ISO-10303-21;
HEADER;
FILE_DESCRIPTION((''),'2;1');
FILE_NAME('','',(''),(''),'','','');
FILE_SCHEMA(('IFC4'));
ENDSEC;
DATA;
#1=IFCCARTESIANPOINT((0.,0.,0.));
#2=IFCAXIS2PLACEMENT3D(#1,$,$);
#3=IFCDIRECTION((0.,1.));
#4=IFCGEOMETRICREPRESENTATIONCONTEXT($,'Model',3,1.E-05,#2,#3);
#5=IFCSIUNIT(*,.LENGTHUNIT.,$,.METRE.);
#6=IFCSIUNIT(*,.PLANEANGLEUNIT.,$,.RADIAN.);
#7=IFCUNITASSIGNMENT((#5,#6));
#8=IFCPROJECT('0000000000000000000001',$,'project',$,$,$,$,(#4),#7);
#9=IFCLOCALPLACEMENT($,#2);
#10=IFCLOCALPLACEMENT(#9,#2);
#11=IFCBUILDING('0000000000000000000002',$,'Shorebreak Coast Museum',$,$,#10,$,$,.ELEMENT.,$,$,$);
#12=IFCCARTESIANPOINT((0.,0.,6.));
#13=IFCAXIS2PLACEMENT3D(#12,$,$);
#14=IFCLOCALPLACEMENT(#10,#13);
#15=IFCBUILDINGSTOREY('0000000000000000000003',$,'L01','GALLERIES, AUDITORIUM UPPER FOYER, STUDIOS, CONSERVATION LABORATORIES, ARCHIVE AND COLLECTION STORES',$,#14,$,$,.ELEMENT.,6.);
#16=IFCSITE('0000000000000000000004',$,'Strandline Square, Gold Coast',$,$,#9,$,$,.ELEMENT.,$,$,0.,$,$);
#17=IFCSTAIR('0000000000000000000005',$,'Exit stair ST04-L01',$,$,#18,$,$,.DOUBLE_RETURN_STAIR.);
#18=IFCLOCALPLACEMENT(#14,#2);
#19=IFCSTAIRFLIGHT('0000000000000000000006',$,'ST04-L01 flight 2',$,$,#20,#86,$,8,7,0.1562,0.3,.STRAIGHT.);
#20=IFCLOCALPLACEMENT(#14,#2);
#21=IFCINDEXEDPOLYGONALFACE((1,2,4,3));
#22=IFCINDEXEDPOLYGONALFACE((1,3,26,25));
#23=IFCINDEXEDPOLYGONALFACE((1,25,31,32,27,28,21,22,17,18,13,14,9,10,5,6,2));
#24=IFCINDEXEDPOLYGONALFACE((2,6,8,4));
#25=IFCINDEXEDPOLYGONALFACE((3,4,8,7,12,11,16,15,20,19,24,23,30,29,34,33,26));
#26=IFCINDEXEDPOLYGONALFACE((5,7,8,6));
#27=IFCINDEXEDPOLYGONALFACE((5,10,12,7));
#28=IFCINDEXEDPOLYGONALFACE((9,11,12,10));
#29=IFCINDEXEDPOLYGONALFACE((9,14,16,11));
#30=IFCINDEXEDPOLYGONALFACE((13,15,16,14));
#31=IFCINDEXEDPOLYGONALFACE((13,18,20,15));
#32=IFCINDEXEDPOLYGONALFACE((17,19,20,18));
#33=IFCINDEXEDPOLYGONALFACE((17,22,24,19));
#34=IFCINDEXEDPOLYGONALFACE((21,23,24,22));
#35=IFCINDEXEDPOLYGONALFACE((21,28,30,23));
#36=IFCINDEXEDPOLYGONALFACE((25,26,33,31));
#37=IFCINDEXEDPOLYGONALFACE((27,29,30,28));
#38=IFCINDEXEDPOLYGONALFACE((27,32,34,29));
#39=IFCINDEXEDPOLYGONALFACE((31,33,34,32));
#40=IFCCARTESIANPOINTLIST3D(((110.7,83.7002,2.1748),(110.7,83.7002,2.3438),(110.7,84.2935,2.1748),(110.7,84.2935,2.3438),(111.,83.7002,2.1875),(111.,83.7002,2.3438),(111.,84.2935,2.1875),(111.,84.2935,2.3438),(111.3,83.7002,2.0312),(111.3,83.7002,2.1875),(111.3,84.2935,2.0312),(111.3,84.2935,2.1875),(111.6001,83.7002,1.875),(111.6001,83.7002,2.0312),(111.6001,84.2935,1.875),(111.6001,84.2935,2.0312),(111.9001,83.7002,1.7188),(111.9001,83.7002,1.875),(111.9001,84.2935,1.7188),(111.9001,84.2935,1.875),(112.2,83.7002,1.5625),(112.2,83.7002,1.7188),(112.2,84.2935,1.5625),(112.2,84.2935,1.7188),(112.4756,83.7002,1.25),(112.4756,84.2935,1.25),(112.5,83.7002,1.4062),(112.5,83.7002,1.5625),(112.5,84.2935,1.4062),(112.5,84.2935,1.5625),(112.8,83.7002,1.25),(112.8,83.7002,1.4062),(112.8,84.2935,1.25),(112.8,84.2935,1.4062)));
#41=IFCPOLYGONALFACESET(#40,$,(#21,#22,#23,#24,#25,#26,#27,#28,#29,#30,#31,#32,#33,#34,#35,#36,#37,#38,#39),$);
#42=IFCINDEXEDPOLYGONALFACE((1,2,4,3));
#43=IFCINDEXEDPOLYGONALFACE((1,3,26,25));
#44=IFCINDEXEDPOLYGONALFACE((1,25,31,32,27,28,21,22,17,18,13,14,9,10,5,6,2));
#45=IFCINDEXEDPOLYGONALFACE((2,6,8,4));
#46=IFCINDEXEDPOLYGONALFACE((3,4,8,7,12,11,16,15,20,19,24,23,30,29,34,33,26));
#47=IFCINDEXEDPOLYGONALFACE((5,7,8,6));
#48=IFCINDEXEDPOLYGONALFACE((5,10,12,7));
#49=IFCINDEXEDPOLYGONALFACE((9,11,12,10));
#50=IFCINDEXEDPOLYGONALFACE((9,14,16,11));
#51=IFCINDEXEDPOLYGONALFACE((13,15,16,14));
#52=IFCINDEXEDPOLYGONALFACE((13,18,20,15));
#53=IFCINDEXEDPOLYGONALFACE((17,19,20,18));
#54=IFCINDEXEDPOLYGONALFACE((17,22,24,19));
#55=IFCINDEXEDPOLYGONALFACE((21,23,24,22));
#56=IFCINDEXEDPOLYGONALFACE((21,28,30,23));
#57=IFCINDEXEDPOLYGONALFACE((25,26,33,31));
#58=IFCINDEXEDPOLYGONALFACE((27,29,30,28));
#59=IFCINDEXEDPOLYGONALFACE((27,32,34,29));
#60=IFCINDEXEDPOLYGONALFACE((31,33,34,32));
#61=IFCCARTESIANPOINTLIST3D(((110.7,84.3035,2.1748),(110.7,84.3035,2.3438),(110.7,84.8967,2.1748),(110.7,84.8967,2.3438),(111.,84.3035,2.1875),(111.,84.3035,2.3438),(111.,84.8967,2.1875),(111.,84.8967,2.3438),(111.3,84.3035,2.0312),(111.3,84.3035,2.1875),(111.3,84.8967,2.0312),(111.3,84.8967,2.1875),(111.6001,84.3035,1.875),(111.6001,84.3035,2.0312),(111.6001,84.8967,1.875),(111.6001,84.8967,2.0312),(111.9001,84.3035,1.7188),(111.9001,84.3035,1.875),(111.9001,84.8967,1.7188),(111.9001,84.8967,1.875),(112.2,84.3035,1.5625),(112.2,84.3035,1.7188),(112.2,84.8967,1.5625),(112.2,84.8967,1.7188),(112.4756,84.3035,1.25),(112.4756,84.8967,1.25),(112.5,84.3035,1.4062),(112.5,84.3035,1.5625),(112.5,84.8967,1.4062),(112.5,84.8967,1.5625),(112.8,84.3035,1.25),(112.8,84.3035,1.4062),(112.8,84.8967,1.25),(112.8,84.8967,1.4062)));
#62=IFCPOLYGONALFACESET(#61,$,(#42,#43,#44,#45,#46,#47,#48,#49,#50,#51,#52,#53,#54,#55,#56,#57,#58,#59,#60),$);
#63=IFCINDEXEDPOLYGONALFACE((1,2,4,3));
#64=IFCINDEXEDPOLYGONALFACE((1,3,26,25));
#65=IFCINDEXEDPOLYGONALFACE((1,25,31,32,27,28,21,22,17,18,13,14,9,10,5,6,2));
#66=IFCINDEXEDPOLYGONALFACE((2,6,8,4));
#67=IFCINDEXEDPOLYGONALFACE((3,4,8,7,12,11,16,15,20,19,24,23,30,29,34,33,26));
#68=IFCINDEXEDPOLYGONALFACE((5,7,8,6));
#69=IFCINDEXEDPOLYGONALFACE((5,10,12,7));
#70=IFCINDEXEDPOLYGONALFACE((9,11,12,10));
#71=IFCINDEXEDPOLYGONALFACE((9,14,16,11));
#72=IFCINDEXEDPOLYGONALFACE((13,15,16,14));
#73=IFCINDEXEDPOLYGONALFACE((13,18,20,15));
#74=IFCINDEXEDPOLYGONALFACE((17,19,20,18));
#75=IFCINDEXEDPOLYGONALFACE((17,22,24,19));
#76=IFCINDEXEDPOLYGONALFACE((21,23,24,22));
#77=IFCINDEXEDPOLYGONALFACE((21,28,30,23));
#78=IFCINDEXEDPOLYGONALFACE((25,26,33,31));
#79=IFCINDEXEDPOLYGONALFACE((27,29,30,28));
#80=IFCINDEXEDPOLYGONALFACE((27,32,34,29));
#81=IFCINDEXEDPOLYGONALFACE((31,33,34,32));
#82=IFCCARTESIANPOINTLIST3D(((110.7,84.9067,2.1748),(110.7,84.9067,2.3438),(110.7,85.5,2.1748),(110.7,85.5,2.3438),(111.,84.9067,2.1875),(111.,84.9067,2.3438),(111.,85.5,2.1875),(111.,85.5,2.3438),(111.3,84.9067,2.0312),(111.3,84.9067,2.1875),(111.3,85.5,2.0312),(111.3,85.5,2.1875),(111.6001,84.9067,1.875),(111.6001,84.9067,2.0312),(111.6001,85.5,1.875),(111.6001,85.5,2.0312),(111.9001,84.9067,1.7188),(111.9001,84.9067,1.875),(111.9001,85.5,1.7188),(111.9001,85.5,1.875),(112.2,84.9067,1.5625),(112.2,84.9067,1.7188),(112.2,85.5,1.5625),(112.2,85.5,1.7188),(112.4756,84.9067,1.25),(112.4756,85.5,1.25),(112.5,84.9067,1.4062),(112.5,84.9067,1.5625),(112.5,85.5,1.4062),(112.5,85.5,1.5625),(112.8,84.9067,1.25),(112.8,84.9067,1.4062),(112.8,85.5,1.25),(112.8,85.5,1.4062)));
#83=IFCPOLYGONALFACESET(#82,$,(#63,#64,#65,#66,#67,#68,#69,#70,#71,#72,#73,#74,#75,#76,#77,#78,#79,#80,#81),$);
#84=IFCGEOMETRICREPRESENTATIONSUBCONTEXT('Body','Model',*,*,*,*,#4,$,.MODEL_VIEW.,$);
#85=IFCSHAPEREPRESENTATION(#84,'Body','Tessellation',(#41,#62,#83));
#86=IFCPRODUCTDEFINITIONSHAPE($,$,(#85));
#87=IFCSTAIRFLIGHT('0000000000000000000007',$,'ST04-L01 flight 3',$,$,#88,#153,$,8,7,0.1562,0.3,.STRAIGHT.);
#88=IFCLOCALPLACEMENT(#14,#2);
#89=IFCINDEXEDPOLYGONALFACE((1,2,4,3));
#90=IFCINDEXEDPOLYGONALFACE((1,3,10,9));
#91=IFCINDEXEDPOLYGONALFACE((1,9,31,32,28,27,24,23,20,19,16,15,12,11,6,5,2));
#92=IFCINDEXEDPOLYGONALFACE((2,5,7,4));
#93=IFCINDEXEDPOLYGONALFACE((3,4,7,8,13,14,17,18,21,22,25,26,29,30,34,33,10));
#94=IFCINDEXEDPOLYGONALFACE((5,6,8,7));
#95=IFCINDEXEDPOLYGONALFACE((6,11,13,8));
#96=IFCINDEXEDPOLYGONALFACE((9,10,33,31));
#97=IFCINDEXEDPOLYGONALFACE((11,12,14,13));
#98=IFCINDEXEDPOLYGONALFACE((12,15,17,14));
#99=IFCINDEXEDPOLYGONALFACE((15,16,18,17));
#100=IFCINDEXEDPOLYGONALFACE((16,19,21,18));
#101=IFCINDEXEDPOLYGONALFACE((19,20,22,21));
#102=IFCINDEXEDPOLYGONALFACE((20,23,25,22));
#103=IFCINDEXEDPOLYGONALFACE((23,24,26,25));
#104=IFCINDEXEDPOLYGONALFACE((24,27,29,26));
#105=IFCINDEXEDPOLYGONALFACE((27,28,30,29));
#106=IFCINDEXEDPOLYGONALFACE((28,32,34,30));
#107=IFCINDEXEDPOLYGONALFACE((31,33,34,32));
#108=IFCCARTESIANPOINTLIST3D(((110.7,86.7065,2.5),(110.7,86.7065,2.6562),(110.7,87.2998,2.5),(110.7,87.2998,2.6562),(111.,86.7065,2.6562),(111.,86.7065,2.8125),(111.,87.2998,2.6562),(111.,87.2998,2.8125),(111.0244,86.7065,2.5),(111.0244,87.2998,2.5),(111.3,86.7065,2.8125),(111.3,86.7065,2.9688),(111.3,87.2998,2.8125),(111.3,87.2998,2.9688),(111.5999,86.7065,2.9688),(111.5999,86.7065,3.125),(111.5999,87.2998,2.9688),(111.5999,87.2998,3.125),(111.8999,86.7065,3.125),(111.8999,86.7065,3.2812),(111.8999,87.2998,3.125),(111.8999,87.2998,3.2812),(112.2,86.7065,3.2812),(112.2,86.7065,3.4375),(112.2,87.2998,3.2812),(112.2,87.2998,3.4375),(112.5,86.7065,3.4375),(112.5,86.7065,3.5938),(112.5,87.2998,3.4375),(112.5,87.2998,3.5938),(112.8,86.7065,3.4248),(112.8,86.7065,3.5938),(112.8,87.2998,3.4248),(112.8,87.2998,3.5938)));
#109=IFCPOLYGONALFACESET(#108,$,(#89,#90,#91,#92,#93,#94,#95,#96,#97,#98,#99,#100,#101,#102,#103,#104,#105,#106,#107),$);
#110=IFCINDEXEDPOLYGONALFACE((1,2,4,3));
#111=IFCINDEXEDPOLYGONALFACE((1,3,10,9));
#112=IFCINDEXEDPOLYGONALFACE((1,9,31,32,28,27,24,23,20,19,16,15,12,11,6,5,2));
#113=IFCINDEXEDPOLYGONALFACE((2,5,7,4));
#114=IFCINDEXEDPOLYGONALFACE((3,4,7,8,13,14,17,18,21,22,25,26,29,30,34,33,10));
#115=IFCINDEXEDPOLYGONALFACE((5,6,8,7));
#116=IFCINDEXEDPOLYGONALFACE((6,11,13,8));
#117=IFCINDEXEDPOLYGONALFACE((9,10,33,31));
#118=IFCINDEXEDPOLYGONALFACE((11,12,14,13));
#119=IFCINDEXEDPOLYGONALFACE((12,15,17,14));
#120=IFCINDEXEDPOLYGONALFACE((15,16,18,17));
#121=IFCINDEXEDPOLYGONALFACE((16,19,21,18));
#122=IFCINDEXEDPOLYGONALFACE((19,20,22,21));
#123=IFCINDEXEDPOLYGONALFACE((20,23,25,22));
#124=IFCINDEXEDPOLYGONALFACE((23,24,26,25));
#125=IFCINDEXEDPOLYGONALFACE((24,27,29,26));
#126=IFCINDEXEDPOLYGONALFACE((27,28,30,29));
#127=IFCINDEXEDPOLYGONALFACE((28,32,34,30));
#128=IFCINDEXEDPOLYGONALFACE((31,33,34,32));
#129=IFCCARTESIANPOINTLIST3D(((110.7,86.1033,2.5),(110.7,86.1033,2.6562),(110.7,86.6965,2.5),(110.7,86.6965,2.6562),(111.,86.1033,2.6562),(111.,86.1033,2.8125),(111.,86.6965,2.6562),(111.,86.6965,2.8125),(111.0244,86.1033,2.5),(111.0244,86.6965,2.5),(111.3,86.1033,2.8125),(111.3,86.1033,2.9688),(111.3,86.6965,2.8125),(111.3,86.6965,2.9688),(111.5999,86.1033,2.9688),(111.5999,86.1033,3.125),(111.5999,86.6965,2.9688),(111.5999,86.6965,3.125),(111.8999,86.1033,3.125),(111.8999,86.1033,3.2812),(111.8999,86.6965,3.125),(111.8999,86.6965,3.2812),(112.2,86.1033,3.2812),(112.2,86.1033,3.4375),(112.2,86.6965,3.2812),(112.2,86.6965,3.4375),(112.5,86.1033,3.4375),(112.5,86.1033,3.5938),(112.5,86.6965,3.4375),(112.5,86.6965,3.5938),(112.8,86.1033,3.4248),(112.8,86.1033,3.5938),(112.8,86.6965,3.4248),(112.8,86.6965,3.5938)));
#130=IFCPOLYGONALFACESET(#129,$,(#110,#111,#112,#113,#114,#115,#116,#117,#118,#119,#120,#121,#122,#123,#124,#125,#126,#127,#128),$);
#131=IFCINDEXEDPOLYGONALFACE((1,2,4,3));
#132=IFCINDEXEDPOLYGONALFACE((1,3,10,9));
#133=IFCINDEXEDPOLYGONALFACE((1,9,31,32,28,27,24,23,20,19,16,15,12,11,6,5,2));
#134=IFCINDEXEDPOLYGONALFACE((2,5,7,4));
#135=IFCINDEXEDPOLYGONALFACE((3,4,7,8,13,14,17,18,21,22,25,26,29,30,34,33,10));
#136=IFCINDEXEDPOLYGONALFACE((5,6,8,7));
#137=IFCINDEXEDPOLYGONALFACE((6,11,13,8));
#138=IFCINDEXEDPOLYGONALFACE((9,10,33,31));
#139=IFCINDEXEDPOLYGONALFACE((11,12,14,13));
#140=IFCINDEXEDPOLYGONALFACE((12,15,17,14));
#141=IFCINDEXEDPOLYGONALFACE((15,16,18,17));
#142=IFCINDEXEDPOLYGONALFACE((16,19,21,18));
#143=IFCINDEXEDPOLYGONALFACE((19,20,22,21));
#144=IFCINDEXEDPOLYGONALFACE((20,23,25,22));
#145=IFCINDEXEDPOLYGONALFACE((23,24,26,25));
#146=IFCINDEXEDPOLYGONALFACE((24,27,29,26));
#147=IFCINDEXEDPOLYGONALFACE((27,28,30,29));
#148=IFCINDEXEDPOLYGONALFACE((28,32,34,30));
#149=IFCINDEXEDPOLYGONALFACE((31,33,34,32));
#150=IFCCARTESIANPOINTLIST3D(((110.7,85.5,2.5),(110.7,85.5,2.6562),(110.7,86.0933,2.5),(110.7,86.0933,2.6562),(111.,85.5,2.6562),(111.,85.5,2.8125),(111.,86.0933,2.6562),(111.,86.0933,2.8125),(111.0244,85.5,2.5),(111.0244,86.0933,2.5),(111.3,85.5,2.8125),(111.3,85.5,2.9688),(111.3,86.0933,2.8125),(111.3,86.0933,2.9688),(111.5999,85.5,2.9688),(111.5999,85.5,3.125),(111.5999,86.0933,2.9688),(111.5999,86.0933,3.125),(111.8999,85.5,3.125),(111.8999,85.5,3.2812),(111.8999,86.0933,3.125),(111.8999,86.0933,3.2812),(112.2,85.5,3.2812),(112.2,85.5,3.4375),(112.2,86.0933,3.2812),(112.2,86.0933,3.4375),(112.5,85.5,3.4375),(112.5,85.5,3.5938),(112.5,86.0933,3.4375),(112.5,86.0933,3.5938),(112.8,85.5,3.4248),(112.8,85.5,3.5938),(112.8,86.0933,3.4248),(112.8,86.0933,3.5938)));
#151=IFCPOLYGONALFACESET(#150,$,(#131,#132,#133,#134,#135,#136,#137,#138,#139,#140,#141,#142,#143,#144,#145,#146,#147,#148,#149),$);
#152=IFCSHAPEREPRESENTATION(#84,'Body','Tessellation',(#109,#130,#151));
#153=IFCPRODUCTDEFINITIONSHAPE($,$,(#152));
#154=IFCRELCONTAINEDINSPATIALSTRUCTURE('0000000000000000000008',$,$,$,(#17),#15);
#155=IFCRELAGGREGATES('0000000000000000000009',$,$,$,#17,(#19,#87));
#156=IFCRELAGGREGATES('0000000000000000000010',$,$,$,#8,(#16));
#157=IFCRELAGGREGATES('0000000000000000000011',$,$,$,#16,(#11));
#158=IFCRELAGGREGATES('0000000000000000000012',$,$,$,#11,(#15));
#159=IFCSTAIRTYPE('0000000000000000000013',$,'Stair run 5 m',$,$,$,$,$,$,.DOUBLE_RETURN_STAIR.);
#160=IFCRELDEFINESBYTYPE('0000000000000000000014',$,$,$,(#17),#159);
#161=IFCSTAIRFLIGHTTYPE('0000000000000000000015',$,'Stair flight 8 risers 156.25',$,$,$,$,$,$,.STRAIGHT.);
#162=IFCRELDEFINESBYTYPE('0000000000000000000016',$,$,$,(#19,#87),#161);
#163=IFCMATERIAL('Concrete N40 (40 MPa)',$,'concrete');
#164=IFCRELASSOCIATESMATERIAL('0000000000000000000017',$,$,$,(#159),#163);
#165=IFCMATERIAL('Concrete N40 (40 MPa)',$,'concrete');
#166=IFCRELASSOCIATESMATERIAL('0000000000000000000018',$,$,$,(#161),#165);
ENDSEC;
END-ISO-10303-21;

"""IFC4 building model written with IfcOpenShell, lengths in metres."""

from ifc_helpers import new_model, si_unit, direction, frame, origin, place, context, subcontext, project, spatial, polyline, outline, extrude, material, type_object, element, aggregate, save


model = new_model("IFC4")

# Units and contexts
model_context = context("Model", 3, precision=1e-05, world=origin(), true_north=direction((0.0, 1.0)))
body_context = subcontext(model_context, "Body", "Model", "MODEL_VIEW")
ifc_project = project(units=[si_unit("LENGTHUNIT", "METRE"), si_unit("PLANEANGLEUNIT", "RADIAN")], contexts=[model_context])

# Site, building, storey
site_placement = place(None, origin())
site = spatial("IfcSite", under=ifc_project, at=site_placement, Name="Strandline Square, Gold Coast", CompositionType="ELEMENT", RefElevation=0.0)
building_placement = place(site_placement, origin())
building = spatial("IfcBuilding", under=site, at=building_placement, Name="Shorebreak Coast Museum", CompositionType="ELEMENT")
storey_placement = place(building_placement, frame((0.0, 0.0, 6.0)))
storey = spatial("IfcBuildingStorey", under=building, at=storey_placement, Name="L01", Description="GALLERIES, AUDITORIUM UPPER FOYER, STUDIOS, CONSERVATION LABORATORIES, ARCHIVE AND COLLECTION STORES", CompositionType="ELEMENT", Elevation=6.0)

# Stair, stair flights
ifc_material_1 = material(Name="Concrete N40 (40 MPa)", Category="concrete")
stair_type = type_object("IfcStairType", Name="Stair run 5 m", PredefinedType="DOUBLE_RETURN_STAIR", material=ifc_material_1)
stair_placement = place(storey_placement, origin())
stair = element("IfcStair", 1, at=stair_placement, inside=storey, type_object=stair_type, Name="Exit stair ST04-L01", PredefinedType="DOUBLE_RETURN_STAIR")
ifc_material_2 = material(Name="Concrete N40 (40 MPa)", Category="concrete")
stair_flight_type = type_object("IfcStairFlightType", Name="Stair flight 8 risers 156.25", PredefinedType="STRAIGHT", material=ifc_material_2)
stair_flight_1_placement = place(storey_placement, frame((112.8, 84.6001, 1.25), z_axis=(0.0, 0.0, 1.0), x_axis=(-1.0, 0.0, 0.0)))
stair_flight_1 = element("IfcStairFlight", 2, at=stair_flight_1_placement, type_object=stair_flight_type, Name="ST04-L01 flight 2", NumberOfRisers=8, NumberOfTreads=7, PredefinedType="STRAIGHT", RiserHeight=0.1562, TreadLength=0.3, context=body_context, shape_type="SweptSolid", body=[
    extrude(outline(polyline([(0.0, 0.0), (0.0, 0.1562), (0.3, 0.1562), (0.3, 0.3125), (0.6001, 0.3125), (0.6001, 0.4688), (0.8999, 0.4688), (0.8999, 0.625), (1.2, 0.625), (1.2, 0.7812), (1.5, 0.7812), (1.5, 0.9375), (1.8, 0.9375), (1.8, 1.0938), (2.1001, 1.0938), (2.1001, 1.25), (2.1001, 0.9248), (0.3245, 0.0), (0.0, 0.0)])), frame((0.0, 0.8999, 0.0), z_axis=(0.0, -1.0, 0.0), x_axis=(1.0, 0.0, 0.0)), (0.0, 0.0, 1.0), 0.5933),
    extrude(outline(polyline([(0.0, 0.0), (0.0, 0.1562), (0.3, 0.1562), (0.3, 0.3125), (0.6001, 0.3125), (0.6001, 0.4688), (0.8999, 0.4688), (0.8999, 0.625), (1.2, 0.625), (1.2, 0.7812), (1.5, 0.7812), (1.5, 0.9375), (1.8, 0.9375), (1.8, 1.0938), (2.1001, 1.0938), (2.1001, 1.25), (2.1001, 0.9248), (0.3245, 0.0), (0.0, 0.0)])), frame((0.0, 0.2966, 0.0), z_axis=(0.0, -1.0, 0.0), x_axis=(1.0, 0.0, 0.0)), (0.0, 0.0, 1.0), 0.5933),
    extrude(outline(polyline([(0.0, 0.0), (0.0, 0.1562), (0.3, 0.1562), (0.3, 0.3125), (0.6001, 0.3125), (0.6001, 0.4688), (0.8999, 0.4688), (0.8999, 0.625), (1.2, 0.625), (1.2, 0.7812), (1.5, 0.7812), (1.5, 0.9375), (1.8, 0.9375), (1.8, 1.0938), (2.1001, 1.0938), (2.1001, 1.25), (2.1001, 0.9248), (0.3245, 0.0), (0.0, 0.0)])), frame((0.0, -0.3066, 0.0), z_axis=(0.0, -1.0, 0.0), x_axis=(1.0, 0.0, 0.0)), (0.0, 0.0, 1.0), 0.5933),
])
stair_flight_2_placement = place(storey_placement, frame((110.7, 86.3999, 2.5), z_axis=(0.0, 0.0, 1.0), x_axis=(1.0, 0.0, 0.0)))
stair_flight_2 = element("IfcStairFlight", 3, at=stair_flight_2_placement, type_object=stair_flight_type, Name="ST04-L01 flight 3", NumberOfRisers=8, NumberOfTreads=7, PredefinedType="STRAIGHT", RiserHeight=0.1562, TreadLength=0.3, context=body_context, shape_type="SweptSolid", body=[
    extrude(outline(polyline([(0.0, 0.0), (0.0, 0.1562), (0.3, 0.1562), (0.3, 0.3125), (0.6001, 0.3125), (0.6001, 0.4688), (0.8999, 0.4688), (0.8999, 0.625), (1.2, 0.625), (1.2, 0.7812), (1.5, 0.7812), (1.5, 0.9375), (1.8, 0.9375), (1.8, 1.0938), (2.1001, 1.0938), (2.1001, 1.25), (2.1001, 0.9248), (0.3245, 0.0), (0.0, 0.0)])), frame((0.0, 0.8999, 0.0), z_axis=(0.0, -1.0, 0.0), x_axis=(1.0, 0.0, 0.0)), (0.0, 0.0, 1.0), 0.5933),
    extrude(outline(polyline([(0.0, 0.0), (0.0, 0.1562), (0.3, 0.1562), (0.3, 0.3125), (0.6001, 0.3125), (0.6001, 0.4688), (0.8999, 0.4688), (0.8999, 0.625), (1.2, 0.625), (1.2, 0.7812), (1.5, 0.7812), (1.5, 0.9375), (1.8, 0.9375), (1.8, 1.0938), (2.1001, 1.0938), (2.1001, 1.25), (2.1001, 0.9248), (0.3245, 0.0), (0.0, 0.0)])), frame((0.0, 0.2966, 0.0), z_axis=(0.0, -1.0, 0.0), x_axis=(1.0, 0.0, 0.0)), (0.0, 0.0, 1.0), 0.5933),
    extrude(outline(polyline([(0.0, 0.0), (0.0, 0.1562), (0.3, 0.1562), (0.3, 0.3125), (0.6001, 0.3125), (0.6001, 0.4688), (0.8999, 0.4688), (0.8999, 0.625), (1.2, 0.625), (1.2, 0.7812), (1.5, 0.7812), (1.5, 0.9375), (1.8, 0.9375), (1.8, 1.0938), (2.1001, 1.0938), (2.1001, 1.25), (2.1001, 0.9248), (0.3245, 0.0), (0.0, 0.0)])), frame((0.0, -0.3066, 0.0), z_axis=(0.0, -1.0, 0.0), x_axis=(1.0, 0.0, 0.0)), (0.0, 0.0, 1.0), 0.5933),
])
aggregate(stair, [stair_flight_1, stair_flight_2])

save(model, "model.ifc")
